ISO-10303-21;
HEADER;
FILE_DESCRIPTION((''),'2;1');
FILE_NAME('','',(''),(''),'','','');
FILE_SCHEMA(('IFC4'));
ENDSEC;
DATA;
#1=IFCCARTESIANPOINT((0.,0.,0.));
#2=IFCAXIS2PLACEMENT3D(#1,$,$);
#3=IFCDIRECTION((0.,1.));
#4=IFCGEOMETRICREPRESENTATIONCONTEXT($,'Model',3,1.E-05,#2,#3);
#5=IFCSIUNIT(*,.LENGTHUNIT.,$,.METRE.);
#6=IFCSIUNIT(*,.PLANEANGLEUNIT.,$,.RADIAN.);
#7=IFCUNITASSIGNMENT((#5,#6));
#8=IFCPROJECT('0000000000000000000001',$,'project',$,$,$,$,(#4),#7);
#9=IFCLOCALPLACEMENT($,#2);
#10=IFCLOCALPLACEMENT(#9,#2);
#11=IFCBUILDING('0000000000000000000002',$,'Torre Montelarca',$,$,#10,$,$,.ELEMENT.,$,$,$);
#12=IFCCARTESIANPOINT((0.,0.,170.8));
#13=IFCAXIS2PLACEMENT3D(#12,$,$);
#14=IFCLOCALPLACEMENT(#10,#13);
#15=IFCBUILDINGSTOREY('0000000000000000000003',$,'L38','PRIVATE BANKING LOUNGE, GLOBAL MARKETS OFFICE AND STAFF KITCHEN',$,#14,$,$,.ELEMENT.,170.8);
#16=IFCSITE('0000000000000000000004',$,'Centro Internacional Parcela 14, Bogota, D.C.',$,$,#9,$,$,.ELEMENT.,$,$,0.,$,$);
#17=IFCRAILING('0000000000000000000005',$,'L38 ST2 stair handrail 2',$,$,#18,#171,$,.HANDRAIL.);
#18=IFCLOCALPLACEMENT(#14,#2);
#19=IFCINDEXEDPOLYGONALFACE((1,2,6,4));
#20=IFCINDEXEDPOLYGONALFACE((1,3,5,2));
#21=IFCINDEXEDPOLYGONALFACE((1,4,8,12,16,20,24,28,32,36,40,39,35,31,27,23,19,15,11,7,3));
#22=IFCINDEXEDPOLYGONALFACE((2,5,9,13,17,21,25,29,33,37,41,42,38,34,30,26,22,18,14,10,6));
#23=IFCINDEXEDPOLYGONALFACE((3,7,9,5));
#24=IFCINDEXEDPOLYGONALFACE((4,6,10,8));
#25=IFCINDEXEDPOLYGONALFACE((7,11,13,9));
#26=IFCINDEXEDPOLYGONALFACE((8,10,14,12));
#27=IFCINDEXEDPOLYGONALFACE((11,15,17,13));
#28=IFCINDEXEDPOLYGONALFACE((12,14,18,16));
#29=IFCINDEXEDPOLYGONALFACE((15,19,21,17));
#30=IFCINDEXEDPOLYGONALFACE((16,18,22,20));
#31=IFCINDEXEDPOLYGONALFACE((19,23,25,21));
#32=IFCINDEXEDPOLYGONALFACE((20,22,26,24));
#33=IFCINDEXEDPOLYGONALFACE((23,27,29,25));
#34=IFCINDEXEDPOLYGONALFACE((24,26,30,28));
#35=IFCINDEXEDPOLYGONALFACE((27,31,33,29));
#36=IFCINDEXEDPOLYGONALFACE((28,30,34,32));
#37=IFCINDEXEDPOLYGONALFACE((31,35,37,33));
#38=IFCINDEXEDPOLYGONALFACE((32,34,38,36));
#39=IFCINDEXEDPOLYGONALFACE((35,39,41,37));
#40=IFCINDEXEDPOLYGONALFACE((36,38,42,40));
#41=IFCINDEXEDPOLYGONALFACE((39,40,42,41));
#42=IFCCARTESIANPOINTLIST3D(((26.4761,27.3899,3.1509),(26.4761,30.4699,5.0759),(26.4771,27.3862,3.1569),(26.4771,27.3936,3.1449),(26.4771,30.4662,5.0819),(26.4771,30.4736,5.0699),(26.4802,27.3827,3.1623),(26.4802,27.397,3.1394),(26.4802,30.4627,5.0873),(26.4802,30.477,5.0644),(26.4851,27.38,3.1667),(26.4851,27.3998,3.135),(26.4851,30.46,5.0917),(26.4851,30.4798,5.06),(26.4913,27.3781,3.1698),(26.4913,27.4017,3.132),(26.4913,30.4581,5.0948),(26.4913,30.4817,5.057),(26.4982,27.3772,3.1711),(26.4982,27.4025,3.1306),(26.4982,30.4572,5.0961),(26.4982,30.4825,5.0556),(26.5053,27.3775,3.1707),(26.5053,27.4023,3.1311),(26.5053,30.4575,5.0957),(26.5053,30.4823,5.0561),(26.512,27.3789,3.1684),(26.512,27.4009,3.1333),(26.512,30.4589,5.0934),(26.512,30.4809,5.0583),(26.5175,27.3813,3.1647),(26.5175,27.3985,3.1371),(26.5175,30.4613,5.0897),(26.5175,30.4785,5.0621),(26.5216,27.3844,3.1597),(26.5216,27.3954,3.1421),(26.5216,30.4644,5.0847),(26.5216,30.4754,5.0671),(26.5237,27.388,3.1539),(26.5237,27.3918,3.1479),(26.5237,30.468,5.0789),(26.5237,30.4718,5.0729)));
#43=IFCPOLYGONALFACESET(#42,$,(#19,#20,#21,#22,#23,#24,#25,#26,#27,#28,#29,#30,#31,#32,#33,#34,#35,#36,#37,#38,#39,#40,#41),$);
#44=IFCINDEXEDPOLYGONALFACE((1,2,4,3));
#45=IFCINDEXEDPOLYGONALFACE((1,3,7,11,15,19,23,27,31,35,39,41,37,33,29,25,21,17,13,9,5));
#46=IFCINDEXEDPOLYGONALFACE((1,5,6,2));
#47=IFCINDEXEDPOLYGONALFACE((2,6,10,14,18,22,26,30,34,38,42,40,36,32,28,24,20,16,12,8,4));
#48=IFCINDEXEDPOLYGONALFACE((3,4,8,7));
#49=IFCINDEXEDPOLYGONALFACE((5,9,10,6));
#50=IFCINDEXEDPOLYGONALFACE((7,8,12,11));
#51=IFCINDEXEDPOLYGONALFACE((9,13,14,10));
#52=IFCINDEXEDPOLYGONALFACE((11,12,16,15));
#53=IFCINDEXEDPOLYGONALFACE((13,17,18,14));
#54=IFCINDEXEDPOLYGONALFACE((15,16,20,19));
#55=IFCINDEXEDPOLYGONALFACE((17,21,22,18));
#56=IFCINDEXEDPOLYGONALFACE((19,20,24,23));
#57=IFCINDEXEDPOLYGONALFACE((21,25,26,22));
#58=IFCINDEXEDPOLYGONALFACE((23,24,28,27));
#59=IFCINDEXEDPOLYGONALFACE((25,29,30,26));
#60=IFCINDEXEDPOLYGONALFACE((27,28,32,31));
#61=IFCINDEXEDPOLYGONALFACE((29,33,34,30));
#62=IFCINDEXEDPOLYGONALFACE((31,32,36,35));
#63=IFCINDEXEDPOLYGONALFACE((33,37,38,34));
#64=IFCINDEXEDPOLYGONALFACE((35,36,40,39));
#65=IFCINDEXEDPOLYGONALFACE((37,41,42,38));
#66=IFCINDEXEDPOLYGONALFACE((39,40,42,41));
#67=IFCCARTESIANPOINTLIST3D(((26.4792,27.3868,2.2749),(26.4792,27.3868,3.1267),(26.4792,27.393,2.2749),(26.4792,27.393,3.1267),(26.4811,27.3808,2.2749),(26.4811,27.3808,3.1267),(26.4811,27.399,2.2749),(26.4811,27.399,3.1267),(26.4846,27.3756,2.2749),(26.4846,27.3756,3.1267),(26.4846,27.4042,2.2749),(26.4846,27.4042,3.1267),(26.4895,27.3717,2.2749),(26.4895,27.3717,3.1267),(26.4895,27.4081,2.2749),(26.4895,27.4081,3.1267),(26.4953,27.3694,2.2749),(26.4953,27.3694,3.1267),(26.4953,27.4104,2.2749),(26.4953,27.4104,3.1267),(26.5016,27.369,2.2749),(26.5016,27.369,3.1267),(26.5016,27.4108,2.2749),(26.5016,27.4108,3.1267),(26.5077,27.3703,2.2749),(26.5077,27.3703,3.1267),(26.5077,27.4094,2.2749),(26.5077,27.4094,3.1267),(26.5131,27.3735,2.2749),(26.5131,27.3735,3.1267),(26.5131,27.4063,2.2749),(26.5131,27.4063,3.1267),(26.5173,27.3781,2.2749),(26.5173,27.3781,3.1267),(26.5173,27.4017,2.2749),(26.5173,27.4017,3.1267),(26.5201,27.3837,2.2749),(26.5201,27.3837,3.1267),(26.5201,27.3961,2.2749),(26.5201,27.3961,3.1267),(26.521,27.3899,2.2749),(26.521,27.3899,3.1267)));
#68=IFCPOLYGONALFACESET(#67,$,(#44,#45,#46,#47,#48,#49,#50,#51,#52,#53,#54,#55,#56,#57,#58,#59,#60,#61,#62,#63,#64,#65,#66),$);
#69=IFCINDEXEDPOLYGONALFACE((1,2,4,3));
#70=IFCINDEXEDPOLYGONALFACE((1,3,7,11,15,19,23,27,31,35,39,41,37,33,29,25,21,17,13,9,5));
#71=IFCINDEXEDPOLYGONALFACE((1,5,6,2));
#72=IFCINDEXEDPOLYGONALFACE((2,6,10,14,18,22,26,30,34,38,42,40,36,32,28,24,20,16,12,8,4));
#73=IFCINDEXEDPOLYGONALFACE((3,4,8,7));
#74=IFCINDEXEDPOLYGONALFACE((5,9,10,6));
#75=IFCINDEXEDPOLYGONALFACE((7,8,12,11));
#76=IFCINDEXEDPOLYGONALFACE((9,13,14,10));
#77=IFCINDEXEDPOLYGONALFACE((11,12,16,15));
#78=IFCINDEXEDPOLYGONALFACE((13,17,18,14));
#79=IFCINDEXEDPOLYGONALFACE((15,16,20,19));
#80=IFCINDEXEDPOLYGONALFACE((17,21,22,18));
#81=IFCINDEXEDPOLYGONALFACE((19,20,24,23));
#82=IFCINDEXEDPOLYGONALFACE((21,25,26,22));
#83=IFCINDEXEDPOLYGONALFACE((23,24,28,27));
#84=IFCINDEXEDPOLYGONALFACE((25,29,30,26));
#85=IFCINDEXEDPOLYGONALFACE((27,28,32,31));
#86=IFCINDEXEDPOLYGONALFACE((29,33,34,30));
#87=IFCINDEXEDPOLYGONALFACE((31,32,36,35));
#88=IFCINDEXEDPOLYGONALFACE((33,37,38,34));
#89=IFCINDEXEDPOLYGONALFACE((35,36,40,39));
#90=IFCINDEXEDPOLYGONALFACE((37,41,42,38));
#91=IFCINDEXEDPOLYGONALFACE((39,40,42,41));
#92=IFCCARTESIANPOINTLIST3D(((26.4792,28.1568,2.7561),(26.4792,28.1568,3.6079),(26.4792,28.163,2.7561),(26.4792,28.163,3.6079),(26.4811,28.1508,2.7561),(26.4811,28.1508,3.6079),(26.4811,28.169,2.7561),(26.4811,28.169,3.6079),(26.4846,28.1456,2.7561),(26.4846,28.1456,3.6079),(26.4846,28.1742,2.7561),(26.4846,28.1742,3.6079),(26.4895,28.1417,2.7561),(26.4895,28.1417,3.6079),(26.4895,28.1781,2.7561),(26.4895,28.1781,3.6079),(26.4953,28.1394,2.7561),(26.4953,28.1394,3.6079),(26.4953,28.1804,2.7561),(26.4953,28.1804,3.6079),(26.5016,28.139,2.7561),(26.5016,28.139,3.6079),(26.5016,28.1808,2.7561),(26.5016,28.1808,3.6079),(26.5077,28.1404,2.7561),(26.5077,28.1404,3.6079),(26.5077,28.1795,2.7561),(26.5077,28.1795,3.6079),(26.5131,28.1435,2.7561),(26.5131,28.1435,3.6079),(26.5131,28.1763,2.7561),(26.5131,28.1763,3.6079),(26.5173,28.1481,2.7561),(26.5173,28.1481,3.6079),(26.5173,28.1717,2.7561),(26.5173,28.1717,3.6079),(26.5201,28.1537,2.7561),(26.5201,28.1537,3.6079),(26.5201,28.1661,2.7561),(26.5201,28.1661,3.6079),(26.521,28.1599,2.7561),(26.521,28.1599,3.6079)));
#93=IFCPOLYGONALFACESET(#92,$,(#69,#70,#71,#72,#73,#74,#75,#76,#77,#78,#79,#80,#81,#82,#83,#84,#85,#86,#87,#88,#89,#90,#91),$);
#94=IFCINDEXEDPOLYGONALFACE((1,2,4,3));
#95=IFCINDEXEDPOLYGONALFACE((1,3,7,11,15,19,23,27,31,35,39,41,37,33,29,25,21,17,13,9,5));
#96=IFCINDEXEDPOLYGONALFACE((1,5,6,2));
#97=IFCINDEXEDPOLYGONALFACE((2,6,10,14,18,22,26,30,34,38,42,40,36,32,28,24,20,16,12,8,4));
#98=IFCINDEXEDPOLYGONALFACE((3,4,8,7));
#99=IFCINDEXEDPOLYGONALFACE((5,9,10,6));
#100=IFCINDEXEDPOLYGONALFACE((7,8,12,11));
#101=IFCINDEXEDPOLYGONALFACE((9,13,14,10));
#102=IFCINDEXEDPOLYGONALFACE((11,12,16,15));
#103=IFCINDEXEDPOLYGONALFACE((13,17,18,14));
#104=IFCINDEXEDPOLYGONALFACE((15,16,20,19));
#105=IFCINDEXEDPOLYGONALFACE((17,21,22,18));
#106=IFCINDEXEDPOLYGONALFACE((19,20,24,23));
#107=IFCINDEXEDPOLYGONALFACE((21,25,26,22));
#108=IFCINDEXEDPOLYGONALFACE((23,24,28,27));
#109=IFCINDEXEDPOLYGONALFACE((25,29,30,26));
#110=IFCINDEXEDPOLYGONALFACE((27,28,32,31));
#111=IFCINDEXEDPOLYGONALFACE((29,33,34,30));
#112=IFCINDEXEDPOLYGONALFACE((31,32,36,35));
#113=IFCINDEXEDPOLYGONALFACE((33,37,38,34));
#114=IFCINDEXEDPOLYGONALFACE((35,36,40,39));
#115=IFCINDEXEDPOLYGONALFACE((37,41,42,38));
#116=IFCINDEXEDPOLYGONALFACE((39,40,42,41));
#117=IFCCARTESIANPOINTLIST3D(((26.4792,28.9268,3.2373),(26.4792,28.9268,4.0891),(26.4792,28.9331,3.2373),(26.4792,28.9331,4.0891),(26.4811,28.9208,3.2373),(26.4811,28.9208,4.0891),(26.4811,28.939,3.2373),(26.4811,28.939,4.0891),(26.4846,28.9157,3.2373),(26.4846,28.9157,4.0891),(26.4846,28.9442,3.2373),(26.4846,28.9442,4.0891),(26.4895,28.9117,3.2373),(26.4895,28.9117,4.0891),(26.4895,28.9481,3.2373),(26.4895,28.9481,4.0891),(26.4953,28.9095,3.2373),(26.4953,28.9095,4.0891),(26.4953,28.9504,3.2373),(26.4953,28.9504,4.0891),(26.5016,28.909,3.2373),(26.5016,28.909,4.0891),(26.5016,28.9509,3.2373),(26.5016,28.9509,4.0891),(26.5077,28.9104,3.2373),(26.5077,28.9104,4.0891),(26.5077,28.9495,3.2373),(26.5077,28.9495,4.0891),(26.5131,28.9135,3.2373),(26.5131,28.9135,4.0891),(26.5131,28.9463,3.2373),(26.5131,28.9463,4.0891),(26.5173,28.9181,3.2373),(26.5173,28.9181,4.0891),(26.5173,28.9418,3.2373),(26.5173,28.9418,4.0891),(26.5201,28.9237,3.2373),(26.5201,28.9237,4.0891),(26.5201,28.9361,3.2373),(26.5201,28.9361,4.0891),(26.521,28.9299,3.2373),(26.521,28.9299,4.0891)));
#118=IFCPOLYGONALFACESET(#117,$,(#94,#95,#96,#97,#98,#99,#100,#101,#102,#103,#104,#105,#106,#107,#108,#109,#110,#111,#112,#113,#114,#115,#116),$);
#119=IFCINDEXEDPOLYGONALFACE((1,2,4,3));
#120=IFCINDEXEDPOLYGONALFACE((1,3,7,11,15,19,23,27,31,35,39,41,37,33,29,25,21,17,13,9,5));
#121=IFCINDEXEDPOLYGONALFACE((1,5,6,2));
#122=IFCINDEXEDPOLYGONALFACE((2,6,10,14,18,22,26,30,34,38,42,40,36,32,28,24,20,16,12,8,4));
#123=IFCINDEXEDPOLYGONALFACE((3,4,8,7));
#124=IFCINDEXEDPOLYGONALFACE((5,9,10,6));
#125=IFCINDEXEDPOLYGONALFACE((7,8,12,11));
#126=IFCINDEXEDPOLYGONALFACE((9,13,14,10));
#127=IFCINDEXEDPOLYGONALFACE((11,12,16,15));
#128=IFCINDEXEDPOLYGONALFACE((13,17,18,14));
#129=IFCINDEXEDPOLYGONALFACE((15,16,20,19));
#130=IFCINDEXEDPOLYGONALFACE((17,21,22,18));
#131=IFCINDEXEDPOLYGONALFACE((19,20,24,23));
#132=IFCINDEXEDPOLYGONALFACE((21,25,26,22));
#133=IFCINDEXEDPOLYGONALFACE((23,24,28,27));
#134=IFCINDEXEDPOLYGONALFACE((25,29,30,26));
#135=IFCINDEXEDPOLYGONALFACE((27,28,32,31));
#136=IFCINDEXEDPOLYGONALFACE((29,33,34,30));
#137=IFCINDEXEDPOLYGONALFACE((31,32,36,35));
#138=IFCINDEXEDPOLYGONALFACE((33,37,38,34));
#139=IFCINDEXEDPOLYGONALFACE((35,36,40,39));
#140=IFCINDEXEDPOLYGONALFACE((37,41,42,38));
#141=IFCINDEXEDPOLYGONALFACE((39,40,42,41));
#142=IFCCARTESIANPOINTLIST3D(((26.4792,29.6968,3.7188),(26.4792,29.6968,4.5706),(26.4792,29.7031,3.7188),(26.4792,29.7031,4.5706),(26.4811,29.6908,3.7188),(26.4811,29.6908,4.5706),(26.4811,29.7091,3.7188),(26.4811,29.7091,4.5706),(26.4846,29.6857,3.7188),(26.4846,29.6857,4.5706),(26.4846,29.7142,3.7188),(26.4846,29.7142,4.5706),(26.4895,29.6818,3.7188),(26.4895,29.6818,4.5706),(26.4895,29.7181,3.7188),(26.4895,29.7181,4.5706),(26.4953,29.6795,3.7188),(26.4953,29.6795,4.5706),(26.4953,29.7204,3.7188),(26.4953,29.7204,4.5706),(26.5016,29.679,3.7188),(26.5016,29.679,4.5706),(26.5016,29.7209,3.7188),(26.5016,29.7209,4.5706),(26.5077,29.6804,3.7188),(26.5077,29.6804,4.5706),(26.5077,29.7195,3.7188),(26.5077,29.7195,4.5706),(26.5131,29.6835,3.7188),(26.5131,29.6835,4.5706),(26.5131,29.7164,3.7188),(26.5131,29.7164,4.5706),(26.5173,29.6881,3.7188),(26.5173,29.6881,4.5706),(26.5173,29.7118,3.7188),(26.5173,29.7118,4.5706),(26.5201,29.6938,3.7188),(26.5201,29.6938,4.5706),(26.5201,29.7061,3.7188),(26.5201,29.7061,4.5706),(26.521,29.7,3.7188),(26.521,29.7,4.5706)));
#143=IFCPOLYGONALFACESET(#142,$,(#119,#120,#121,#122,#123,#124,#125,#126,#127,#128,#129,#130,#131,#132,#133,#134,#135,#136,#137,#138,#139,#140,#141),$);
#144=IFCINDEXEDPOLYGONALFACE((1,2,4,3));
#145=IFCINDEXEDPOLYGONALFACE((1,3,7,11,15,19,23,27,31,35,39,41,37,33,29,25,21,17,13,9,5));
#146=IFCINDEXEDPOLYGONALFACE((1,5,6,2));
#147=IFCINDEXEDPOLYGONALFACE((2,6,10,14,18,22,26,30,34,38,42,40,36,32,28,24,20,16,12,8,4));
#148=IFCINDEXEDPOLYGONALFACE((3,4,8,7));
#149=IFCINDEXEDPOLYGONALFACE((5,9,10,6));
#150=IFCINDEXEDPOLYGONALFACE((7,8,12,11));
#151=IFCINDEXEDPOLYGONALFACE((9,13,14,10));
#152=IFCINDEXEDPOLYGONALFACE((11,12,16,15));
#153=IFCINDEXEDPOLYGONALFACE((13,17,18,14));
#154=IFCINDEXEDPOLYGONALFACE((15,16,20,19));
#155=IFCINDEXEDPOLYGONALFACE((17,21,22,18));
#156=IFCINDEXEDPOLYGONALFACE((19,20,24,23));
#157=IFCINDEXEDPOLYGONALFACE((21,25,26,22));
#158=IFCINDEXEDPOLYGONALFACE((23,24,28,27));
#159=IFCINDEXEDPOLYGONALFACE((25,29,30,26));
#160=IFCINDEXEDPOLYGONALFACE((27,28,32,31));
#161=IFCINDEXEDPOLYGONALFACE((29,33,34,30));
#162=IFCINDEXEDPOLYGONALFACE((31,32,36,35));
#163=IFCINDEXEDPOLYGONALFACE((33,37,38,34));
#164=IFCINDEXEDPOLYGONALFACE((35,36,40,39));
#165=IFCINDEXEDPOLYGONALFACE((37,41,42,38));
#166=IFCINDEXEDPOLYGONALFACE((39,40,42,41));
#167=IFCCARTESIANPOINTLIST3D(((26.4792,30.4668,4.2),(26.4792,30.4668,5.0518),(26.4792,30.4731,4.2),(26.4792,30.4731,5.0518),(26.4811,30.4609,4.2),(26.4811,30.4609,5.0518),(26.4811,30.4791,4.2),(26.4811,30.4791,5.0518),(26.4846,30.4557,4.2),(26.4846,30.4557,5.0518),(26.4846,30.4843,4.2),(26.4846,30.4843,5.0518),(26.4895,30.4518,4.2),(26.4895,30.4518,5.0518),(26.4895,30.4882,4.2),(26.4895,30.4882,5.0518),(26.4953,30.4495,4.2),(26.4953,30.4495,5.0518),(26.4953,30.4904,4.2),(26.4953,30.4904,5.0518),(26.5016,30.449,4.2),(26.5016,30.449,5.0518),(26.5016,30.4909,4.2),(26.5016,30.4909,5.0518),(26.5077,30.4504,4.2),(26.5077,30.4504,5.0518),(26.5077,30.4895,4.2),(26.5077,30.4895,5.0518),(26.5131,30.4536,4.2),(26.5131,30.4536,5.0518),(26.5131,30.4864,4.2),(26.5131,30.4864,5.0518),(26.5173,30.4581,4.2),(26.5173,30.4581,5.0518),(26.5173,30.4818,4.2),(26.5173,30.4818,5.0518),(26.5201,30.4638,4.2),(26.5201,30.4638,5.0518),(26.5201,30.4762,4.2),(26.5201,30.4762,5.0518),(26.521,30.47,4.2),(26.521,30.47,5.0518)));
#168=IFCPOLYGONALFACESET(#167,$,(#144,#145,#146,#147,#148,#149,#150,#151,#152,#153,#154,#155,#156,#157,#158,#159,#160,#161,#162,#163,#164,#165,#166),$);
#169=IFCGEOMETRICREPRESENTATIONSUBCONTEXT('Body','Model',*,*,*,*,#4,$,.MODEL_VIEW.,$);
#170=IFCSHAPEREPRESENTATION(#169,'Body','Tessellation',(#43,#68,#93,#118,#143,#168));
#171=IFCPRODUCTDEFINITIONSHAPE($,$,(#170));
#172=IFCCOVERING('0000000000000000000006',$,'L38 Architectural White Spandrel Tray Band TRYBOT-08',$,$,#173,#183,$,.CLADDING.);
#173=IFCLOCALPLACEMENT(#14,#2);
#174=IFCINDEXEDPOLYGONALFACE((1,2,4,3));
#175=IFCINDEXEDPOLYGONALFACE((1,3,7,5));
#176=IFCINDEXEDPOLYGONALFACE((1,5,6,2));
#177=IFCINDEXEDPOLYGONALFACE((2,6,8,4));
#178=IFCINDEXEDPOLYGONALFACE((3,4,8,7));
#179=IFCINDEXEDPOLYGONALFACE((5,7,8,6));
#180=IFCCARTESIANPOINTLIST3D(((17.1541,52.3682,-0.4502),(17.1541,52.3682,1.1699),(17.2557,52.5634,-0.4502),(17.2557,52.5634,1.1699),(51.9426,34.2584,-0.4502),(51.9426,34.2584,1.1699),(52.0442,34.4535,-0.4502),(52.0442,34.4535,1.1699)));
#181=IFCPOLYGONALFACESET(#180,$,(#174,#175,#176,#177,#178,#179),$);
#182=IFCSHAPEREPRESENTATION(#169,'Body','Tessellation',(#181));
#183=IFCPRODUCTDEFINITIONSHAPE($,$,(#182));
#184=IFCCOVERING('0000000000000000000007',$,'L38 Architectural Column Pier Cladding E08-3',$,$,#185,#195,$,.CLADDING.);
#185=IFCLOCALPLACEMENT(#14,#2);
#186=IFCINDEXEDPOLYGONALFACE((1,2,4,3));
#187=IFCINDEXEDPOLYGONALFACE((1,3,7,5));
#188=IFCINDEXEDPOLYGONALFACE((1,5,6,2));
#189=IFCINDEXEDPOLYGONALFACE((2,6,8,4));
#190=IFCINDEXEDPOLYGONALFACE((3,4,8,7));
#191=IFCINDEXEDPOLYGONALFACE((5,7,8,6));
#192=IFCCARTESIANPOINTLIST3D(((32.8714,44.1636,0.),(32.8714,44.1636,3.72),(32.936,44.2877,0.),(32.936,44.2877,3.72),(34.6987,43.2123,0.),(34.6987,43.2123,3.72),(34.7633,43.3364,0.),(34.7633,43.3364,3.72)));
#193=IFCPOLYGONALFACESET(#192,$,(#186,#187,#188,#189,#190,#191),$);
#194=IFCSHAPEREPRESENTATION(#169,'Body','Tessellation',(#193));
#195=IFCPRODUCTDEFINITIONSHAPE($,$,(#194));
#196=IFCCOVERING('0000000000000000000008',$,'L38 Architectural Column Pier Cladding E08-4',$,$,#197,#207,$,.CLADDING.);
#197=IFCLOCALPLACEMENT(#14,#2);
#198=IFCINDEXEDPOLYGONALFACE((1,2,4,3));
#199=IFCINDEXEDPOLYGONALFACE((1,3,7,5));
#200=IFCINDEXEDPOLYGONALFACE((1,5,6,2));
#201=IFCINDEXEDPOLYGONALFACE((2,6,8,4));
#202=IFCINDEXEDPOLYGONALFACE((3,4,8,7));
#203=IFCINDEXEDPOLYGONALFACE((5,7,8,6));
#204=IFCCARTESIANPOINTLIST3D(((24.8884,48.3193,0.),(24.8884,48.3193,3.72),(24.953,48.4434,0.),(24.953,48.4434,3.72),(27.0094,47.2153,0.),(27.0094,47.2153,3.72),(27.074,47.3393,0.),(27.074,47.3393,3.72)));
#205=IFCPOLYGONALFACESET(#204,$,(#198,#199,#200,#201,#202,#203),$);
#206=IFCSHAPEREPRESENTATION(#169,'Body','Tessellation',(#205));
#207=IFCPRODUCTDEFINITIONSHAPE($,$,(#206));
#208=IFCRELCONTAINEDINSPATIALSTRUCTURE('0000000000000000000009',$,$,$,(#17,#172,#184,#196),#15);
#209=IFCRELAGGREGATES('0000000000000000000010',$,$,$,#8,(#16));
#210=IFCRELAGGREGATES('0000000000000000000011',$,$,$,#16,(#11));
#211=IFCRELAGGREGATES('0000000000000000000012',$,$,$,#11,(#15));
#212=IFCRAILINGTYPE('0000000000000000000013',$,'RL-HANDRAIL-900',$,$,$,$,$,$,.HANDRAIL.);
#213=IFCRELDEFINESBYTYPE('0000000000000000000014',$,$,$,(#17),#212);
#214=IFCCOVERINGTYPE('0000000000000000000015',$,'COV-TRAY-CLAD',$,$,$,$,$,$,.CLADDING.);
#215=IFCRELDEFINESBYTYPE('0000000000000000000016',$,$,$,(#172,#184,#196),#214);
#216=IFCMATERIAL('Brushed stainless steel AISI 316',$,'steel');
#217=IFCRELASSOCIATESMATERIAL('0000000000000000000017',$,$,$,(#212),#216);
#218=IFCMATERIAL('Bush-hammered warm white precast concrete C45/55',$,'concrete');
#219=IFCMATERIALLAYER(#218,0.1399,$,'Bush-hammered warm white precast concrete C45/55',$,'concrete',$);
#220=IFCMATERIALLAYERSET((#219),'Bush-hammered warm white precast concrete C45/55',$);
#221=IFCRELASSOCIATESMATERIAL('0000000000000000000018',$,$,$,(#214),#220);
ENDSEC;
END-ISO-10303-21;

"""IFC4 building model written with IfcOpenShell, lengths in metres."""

from ifc_helpers import new_model, si_unit, direction, frame, origin, origin_2d, place, context, subcontext, project, spatial, rectangle, circle, extrude, source, transform, mapped, material, layer, layer_set, type_object, element, save


model = new_model("IFC4")

# Units and contexts
model_context = context("Model", 3, precision=1e-05, world=origin(), true_north=direction((0.0, 1.0)))
body_context = subcontext(model_context, "Body", "Model", "MODEL_VIEW")
ifc_project = project(units=[si_unit("LENGTHUNIT", "METRE"), si_unit("PLANEANGLEUNIT", "RADIAN")], contexts=[model_context])

# Site, building, storey
site_placement = place(None, origin())
site = spatial("IfcSite", under=ifc_project, at=site_placement, Name="Centro Internacional Parcela 14, Bogota, D.C.", CompositionType="ELEMENT", RefElevation=0.0)
building_placement = place(site_placement, origin())
building = spatial("IfcBuilding", under=site, at=building_placement, Name="Torre Montelarca", CompositionType="ELEMENT")
storey_placement = place(building_placement, frame((0.0, 0.0, 170.8)))
storey = spatial("IfcBuildingStorey", under=building, at=storey_placement, Name="L38", Description="PRIVATE BANKING LOUNGE, GLOBAL MARKETS OFFICE AND STAFF KITCHEN", CompositionType="ELEMENT", Elevation=170.8)

# Railing
ifc_material_1 = material(Name="Brushed stainless steel AISI 316", Category="steel")
railing_type_1 = type_object("IfcRailingType", Name="RL-HANDRAIL-900", PredefinedType="HANDRAIL", material=ifc_material_1)
railing_1_placement = place(storey_placement, frame((26.5, 27.3899, 2.2749)))
element("IfcRailing", 1, at=railing_1_placement, inside=storey, type_object=railing_type_1, Name="L38 ST2 stair handrail 2", PredefinedType="HANDRAIL", context=body_context, shape_type="SweptSolid", body=[
    extrude(circle(Radius=0.0239, at=origin_2d()), frame((0.0, 0.0, 0.876), z_axis=(0.0, 0.847998, 0.529999), x_axis=(-1.0, 0.0, 0.0)), (0.0, 0.0, 1.0), 3.6321),
    extrude(circle(Radius=0.021, at=origin_2d()), origin(), (0.0, 0.0, 1.0), 0.8518),
    extrude(circle(Radius=0.021, at=origin_2d()), frame((0.0, 0.77, 0.4812)), (0.0, 0.0, 1.0), 0.8518),
    extrude(circle(Radius=0.021, at=origin_2d()), frame((0.0, 1.54, 0.9624)), (0.0, 0.0, 1.0), 0.8518),
    extrude(circle(Radius=0.021, at=origin_2d()), frame((0.0, 2.3101, 1.4438)), (0.0, 0.0, 1.0), 0.8518),
    extrude(circle(Radius=0.021, at=origin_2d()), frame((0.0, 3.0801, 1.925)), (0.0, 0.0, 1.0), 0.8518),
])

# Coverings
ifc_material_2 = material(Name="Bush-hammered warm white precast concrete C45/55", Category="concrete")
ifc_layer_1 = layer(ifc_material_2, 0.1399, Name="Bush-hammered warm white precast concrete C45/55", Category="concrete")
ifc_layer_set_1 = layer_set([ifc_layer_1], Name="Bush-hammered warm white precast concrete C45/55")
covering_type = type_object("IfcCoveringType", Name="COV-TRAY-CLAD", PredefinedType="CLADDING", material=ifc_layer_set_1)
shared_shape_1 = source(origin(), body_context, "Body", "SweptSolid", [
    extrude(rectangle(XDim=39.22, YDim=0.22, at=origin_2d()), origin(), (0.0, 0.0, 1.0), 1.6201),
])
covering_1_placement = place(storey_placement, frame((34.5991, 43.4109, -0.4502), z_axis=(0.0, 0.0, 1.0), x_axis=(-0.88701, 0.46175, 0.0)))
element("IfcCovering", 2, at=covering_1_placement, inside=storey, type_object=covering_type, Name="L38 Architectural White Spandrel Tray Band TRYBOT-08", PredefinedType="CLADDING", context=body_context, shape_type="MappedRepresentation", body=[
    mapped(shared_shape_1, transform((0.0, 0.0, 0.0), scale=1.0)),
])
shared_shape_2 = source(origin(), body_context, "Body", "SweptSolid", [
    extrude(rectangle(XDim=2.0601, YDim=0.1399, at=origin_2d()), origin(), (0.0, 0.0, 1.0), 3.72),
])
covering_2_placement = place(storey_placement, frame((33.8174, 43.75, 0.0), z_axis=(0.0, 0.0, 1.0), x_axis=(-0.887011, 0.461749, 0.0)))
element("IfcCovering", 3, at=covering_2_placement, inside=storey, type_object=covering_type, Name="L38 Architectural Column Pier Cladding E08-3", PredefinedType="CLADDING", context=body_context, shape_type="MappedRepresentation", body=[
    mapped(shared_shape_2, transform((0.0, 0.0, 0.0), scale=1.0)),
])
shared_shape_3 = source(origin(), body_context, "Body", "SweptSolid", [
    extrude(rectangle(XDim=2.3911, YDim=0.1399, at=origin_2d()), origin(), (0.0, 0.0, 1.0), 3.72),
])
covering_3_placement = place(storey_placement, frame((25.9812, 47.8293, 0.0), z_axis=(0.0, 0.0, 1.0), x_axis=(-0.887011, 0.461749, 0.0)))
element("IfcCovering", 4, at=covering_3_placement, inside=storey, type_object=covering_type, Name="L38 Architectural Column Pier Cladding E08-4", PredefinedType="CLADDING", context=body_context, shape_type="MappedRepresentation", body=[
    mapped(shared_shape_3, transform((0.0, 0.0, 0.0), scale=1.0)),
])

save(model, "model.ifc")
